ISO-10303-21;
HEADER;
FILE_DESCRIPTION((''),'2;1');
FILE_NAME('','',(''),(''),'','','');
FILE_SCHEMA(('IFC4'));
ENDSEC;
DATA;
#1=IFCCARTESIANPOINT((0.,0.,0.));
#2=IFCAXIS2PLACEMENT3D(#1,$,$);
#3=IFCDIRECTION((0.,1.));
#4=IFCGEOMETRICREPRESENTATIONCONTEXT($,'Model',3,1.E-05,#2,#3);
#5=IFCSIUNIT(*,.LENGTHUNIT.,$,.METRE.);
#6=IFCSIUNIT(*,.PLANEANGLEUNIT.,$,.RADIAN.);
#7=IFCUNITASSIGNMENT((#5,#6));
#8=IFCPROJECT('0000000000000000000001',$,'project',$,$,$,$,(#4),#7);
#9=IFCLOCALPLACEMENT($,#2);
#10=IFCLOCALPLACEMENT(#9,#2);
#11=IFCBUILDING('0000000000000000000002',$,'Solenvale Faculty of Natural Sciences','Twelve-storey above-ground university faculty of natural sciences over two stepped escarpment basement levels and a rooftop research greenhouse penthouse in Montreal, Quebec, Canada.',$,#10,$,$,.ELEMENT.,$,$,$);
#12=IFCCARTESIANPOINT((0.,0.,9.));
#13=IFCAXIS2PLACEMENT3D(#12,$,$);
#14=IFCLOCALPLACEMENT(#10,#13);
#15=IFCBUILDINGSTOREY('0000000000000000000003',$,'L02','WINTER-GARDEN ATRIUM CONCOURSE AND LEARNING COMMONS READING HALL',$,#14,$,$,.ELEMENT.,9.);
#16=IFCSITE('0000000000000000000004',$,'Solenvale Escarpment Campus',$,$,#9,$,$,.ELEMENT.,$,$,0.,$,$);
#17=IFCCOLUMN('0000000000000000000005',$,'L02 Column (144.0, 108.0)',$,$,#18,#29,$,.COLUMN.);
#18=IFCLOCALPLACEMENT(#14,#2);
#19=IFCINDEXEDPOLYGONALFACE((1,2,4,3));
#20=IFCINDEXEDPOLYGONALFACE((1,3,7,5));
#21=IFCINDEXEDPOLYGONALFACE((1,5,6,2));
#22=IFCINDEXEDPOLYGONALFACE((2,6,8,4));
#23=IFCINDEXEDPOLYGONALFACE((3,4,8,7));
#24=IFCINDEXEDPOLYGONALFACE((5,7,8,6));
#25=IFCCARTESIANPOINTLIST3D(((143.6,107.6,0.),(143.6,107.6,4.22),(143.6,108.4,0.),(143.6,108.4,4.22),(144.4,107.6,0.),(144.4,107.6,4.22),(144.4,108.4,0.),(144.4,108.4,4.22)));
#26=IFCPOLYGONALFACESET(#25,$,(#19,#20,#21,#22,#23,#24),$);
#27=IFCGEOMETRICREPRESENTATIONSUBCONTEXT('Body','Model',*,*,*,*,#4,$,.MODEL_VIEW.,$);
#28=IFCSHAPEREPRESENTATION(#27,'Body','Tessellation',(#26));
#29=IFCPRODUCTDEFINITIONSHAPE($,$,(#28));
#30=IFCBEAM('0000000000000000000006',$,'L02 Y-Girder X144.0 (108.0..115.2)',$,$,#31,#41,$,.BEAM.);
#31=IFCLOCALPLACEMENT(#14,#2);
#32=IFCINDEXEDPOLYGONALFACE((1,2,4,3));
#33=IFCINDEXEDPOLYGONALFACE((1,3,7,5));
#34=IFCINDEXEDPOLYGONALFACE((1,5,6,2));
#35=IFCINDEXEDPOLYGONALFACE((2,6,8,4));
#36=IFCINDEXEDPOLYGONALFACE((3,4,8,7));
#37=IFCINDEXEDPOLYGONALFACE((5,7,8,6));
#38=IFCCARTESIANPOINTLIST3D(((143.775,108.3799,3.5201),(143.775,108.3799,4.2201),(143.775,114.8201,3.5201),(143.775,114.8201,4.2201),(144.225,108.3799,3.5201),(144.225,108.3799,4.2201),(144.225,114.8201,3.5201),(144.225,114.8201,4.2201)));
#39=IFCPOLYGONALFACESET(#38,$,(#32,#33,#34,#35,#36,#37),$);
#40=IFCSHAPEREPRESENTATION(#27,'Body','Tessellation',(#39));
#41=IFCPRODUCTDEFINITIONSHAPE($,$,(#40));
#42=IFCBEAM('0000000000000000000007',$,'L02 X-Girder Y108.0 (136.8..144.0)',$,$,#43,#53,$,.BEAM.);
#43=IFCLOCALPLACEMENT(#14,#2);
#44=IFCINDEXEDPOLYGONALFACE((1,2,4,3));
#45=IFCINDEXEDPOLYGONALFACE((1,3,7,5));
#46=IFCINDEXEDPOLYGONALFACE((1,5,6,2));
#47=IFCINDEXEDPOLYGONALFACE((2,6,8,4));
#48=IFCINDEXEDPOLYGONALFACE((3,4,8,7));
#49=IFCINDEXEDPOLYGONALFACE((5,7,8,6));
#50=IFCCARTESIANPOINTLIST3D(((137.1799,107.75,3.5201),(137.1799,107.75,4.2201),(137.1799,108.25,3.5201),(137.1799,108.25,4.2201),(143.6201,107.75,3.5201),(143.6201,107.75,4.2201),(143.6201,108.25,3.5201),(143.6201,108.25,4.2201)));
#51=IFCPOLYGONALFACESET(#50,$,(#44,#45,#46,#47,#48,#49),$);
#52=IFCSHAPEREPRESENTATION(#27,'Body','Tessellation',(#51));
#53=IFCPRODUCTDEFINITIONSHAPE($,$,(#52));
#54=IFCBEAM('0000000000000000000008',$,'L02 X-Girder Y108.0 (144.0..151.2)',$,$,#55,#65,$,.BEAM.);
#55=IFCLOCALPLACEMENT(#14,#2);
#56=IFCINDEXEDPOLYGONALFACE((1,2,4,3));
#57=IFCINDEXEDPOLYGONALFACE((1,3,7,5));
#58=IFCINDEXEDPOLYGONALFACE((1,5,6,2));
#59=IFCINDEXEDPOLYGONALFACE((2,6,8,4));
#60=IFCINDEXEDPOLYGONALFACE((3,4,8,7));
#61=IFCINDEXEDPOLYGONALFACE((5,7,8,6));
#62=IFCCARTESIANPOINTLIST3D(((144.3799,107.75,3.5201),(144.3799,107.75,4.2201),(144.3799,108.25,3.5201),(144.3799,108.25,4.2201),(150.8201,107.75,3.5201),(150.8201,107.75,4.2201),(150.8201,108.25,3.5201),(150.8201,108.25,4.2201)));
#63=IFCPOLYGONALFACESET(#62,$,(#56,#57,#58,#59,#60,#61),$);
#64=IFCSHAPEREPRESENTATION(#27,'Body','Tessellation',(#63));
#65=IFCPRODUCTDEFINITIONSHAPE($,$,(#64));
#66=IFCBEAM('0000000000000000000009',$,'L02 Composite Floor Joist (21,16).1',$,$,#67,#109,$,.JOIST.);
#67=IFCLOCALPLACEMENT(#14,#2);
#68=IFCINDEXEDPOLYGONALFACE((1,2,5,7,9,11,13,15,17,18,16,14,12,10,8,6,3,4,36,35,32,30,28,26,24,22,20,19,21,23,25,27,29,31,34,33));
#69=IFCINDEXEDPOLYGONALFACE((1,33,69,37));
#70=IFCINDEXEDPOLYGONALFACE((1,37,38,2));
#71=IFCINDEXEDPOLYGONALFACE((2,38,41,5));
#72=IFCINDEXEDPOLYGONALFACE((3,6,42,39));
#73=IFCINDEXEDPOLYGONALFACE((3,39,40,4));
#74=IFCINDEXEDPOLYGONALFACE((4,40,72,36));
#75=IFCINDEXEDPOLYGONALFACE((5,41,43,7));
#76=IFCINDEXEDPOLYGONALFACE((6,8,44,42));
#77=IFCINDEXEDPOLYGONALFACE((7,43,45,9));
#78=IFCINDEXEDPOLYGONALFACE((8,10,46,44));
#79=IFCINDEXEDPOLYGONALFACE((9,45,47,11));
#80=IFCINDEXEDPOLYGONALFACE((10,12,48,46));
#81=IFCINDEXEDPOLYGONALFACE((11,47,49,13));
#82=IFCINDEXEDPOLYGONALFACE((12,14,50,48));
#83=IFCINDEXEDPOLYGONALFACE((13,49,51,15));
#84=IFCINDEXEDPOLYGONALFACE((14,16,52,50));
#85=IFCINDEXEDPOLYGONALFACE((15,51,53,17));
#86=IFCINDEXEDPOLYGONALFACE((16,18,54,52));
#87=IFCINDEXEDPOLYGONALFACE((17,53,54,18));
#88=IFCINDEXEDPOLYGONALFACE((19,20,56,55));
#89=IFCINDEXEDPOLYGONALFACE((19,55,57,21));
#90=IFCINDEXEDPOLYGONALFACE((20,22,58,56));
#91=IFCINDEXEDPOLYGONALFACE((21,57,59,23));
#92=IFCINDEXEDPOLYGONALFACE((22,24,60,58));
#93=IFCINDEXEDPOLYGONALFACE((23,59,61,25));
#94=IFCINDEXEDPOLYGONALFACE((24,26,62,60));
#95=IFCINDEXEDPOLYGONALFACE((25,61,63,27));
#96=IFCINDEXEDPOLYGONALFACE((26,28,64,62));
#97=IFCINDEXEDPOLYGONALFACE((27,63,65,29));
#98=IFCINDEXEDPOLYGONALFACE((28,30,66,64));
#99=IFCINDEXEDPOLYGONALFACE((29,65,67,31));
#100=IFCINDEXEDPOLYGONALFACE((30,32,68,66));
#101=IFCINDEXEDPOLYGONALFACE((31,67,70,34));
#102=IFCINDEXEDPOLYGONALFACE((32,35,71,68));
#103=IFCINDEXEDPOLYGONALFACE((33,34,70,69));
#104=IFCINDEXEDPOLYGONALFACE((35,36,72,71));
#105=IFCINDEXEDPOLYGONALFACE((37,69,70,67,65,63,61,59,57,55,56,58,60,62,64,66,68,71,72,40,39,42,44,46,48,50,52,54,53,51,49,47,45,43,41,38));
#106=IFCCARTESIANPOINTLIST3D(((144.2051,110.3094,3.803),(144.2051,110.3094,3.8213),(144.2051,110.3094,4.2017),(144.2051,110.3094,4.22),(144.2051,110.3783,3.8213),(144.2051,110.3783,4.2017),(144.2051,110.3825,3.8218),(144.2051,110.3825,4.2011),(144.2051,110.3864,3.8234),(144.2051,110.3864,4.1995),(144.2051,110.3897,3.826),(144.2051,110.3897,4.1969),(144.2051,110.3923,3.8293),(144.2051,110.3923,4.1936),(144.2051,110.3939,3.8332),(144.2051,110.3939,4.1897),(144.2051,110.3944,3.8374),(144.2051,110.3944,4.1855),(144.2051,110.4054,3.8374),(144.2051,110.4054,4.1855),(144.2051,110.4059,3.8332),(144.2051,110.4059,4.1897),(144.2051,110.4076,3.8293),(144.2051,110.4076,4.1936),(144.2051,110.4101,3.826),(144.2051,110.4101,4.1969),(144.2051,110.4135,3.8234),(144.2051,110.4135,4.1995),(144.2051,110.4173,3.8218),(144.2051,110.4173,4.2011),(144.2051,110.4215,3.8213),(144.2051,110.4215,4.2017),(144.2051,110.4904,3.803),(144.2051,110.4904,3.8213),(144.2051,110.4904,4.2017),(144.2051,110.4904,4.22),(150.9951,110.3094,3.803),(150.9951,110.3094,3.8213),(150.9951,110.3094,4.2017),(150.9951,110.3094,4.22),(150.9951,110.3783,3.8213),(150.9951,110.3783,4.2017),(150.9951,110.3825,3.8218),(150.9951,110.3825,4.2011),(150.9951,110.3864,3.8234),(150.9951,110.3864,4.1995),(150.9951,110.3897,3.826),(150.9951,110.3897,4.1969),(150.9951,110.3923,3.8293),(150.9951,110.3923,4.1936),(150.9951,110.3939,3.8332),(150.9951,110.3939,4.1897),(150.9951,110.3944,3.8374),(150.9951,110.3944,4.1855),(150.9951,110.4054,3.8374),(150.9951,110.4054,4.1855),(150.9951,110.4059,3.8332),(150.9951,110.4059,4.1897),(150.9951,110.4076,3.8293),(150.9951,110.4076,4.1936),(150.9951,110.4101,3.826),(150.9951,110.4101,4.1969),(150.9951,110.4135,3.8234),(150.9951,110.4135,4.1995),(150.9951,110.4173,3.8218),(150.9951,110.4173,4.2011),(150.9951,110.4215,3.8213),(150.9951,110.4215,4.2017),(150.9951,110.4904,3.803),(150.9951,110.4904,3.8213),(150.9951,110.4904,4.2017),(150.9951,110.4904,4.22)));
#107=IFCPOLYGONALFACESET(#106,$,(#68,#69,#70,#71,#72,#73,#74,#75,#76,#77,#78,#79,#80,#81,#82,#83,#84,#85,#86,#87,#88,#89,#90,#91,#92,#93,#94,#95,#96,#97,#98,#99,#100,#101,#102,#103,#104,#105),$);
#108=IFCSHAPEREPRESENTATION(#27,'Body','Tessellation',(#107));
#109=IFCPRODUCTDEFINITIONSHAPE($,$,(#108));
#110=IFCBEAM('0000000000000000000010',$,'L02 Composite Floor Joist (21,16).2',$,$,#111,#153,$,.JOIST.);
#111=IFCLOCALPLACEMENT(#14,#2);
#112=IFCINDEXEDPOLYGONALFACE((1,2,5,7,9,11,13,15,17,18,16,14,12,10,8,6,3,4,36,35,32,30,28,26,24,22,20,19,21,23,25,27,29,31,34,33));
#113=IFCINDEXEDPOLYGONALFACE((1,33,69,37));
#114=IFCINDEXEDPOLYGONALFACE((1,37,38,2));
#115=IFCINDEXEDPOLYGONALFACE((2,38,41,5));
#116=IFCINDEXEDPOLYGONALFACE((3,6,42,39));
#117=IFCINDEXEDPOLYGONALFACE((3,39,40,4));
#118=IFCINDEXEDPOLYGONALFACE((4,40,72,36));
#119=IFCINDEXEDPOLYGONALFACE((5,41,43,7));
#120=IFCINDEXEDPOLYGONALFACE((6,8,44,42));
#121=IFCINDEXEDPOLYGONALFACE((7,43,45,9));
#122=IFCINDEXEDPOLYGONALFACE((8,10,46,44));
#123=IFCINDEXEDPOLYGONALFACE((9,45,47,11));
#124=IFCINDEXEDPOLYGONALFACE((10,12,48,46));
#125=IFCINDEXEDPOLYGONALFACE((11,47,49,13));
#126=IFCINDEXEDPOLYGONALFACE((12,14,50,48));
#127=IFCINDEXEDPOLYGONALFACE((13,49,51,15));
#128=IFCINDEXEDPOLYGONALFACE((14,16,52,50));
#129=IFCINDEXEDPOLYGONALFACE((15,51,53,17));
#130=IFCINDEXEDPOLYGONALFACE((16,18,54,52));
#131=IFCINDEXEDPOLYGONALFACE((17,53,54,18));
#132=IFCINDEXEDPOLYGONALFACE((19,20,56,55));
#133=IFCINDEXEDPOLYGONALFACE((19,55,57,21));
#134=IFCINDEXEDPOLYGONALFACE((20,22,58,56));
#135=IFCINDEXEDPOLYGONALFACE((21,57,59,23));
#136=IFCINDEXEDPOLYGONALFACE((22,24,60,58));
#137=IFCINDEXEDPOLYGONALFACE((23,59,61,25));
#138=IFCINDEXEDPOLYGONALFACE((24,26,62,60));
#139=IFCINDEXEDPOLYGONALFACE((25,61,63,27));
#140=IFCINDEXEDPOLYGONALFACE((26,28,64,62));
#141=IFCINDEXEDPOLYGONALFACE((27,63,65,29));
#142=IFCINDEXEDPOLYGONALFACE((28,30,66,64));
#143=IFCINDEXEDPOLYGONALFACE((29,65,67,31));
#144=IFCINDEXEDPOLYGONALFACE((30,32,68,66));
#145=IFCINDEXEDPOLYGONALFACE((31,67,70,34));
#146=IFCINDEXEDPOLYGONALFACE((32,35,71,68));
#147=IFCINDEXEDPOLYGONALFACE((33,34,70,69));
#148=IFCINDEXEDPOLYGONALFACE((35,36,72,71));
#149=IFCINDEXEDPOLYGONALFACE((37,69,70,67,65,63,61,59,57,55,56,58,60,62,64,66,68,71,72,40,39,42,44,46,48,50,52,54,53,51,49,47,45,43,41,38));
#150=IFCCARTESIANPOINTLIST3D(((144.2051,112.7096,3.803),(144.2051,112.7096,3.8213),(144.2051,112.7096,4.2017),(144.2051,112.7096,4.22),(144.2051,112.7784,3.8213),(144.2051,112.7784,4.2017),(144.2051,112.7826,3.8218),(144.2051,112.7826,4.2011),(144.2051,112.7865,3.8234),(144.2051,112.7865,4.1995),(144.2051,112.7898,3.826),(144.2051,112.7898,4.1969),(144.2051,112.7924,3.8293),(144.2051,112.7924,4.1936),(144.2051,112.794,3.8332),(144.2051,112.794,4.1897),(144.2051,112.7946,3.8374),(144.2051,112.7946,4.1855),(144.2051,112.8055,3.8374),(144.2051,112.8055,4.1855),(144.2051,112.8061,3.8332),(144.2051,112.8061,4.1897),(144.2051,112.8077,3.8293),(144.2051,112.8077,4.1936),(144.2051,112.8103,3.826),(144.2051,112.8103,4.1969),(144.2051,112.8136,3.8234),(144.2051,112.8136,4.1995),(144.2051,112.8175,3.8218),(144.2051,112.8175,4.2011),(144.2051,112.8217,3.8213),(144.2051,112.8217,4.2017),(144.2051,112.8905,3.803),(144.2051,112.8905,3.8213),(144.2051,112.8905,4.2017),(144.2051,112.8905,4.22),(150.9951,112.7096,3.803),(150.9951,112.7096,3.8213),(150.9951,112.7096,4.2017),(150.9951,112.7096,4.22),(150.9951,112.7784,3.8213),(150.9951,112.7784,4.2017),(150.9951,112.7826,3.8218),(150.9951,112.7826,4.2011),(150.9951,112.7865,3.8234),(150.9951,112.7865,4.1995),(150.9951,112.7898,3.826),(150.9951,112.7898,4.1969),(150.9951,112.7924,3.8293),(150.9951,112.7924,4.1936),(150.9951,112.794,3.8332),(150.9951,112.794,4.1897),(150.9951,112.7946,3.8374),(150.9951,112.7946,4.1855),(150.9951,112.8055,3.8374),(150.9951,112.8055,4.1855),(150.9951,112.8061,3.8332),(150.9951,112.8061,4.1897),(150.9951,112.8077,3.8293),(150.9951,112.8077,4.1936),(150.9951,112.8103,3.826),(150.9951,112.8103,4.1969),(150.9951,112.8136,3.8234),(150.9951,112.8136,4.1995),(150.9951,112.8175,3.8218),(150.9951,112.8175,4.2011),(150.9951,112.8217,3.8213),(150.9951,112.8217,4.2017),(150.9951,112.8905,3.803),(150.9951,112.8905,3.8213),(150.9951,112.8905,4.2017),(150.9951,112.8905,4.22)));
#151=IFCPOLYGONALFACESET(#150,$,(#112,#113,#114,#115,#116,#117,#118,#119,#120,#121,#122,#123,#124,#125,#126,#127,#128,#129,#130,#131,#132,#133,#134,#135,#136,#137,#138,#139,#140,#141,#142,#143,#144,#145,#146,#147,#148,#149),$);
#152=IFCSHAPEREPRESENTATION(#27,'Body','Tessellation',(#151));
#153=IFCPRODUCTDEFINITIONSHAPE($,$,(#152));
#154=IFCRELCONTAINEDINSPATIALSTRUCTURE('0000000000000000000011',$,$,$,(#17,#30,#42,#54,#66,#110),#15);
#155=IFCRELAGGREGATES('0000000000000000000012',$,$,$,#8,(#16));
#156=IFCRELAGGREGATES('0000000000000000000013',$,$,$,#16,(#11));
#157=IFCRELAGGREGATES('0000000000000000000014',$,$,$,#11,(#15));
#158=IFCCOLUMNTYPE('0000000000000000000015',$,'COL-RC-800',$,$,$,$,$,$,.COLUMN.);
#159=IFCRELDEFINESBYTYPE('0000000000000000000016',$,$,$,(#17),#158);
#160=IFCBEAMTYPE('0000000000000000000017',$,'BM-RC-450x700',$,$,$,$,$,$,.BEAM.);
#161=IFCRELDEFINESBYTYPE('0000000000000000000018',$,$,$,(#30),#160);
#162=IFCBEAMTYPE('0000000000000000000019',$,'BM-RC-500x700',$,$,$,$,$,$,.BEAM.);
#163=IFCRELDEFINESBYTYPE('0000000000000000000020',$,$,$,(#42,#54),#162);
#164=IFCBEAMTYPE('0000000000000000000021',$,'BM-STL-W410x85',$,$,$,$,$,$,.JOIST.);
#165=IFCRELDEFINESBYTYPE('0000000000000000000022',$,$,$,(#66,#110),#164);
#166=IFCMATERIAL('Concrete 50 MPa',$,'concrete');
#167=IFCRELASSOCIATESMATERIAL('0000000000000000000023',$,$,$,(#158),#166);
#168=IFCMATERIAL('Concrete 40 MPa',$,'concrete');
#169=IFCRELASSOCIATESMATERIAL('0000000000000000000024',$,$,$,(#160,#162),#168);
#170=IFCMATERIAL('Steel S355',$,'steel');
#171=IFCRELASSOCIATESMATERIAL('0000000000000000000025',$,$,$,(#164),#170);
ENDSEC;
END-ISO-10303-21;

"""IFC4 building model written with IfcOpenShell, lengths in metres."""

from ifc_helpers import new_model, si_unit, direction, frame, origin, origin_2d, place, context, subcontext, project, spatial, rectangle, i_section, extrude, material, material_profile, profile_set, type_object, element, save


model = new_model("IFC4")

# Units and contexts
model_context = context("Model", 3, precision=1e-05, world=origin(), true_north=direction((0.0, 1.0)))
body_context = subcontext(model_context, "Body", "Model", "MODEL_VIEW")
ifc_project = project(units=[si_unit("LENGTHUNIT", "METRE"), si_unit("PLANEANGLEUNIT", "RADIAN")], contexts=[model_context])

# Site, building, storey
site_placement = place(None, origin())
site = spatial("IfcSite", under=ifc_project, at=site_placement, Name="Solenvale Escarpment Campus", CompositionType="ELEMENT", RefElevation=0.0)
building_placement = place(site_placement, origin())
building = spatial("IfcBuilding", under=site, at=building_placement, Name="Solenvale Faculty of Natural Sciences", Description="Twelve-storey above-ground university faculty of natural sciences over two stepped escarpment basement levels and a rooftop research greenhouse penthouse in Montreal, Quebec, Canada.", CompositionType="ELEMENT")
storey_placement = place(building_placement, frame((0.0, 0.0, 9.0)))
storey = spatial("IfcBuildingStorey", under=building, at=storey_placement, Name="L02", Description="WINTER-GARDEN ATRIUM CONCOURSE AND LEARNING COMMONS READING HALL", CompositionType="ELEMENT", Elevation=9.0)

# Column
ifc_material_1 = material(Name="Concrete 50 MPa", Category="concrete")
ifc_material_profile_1 = material_profile(ifc_material_1, rectangle(XDim=0.8, YDim=0.8, at=origin_2d()), Name="RC-COL-800x800")
ifc_profile_set_1 = profile_set([ifc_material_profile_1], Name="Concrete 50 MPa")
column_type = type_object("IfcColumnType", Name="COL-RC-800", PredefinedType="COLUMN", material=ifc_profile_set_1)
column_placement = place(storey_placement, frame((144.0, 108.0, 0.0), z_axis=(0.0, 0.0, 1.0), x_axis=(1.0, 0.0, 0.0)))
element("IfcColumn", 1, at=column_placement, inside=storey, type_object=column_type, Name="L02 Column (144.0, 108.0)", PredefinedType="COLUMN", context=body_context, shape_type="SweptSolid", body=[
    extrude(rectangle(XDim=0.8, YDim=0.8, at=origin_2d()), origin(), (0.0, 0.0, 1.0), 4.22),
])

# Beams
ifc_material_2 = material(Name="Concrete 40 MPa", Category="concrete")
ifc_material_profile_2 = material_profile(ifc_material_2, rectangle(XDim=0.45, YDim=0.7, at=origin_2d()), Name="RC-BM-450x700")
ifc_profile_set_2 = profile_set([ifc_material_profile_2], Name="Concrete 40 MPa")
beam_type_1 = type_object("IfcBeamType", Name="BM-RC-450x700", PredefinedType="BEAM", material=ifc_profile_set_2)
beam_placement = place(storey_placement, frame((144.0, 108.3799, 3.8701), z_axis=(0.0, 1.0, 0.0), x_axis=(-1.0, 0.0, 0.0)))
element("IfcBeam", 2, at=beam_placement, inside=storey, type_object=beam_type_1, Name="L02 Y-Girder X144.0 (108.0..115.2)", PredefinedType="BEAM", context=body_context, shape_type="SweptSolid", body=[
    extrude(rectangle(XDim=0.45, YDim=0.7, at=origin_2d()), origin(), (0.0, 0.0, 1.0), 6.4402),
])
ifc_material_profile_3 = material_profile(ifc_material_2, rectangle(XDim=0.5, YDim=0.7, at=origin_2d()), Name="RC-BM-500x700")
ifc_profile_set_3 = profile_set([ifc_material_profile_3], Name="Concrete 40 MPa")
beam_type_2 = type_object("IfcBeamType", Name="BM-RC-500x700", PredefinedType="BEAM", material=ifc_profile_set_3)
for number, where, z_axis, x_axis, name in (
    (3, (137.1799, 108.0, 3.8701), (1.0, 0.0, 0.0), (0.0, 1.0, 0.0), "L02 X-Girder Y108.0 (136.8..144.0)"),
    (4, (144.3799, 108.0, 3.8701), (1.0, 0.0, 0.0), (0.0, 1.0, 0.0), "L02 X-Girder Y108.0 (144.0..151.2)"),
):
    element("IfcBeam", number, at=place(storey_placement, frame(where, z_axis=z_axis, x_axis=x_axis)), inside=storey, type_object=beam_type_2, Name=name, PredefinedType="BEAM", context=body_context, shape_type="SweptSolid", body=[
        extrude(rectangle(XDim=0.5, YDim=0.7, at=origin_2d()), origin(), (0.0, 0.0, 1.0), 6.4402),
    ])
ifc_material_3 = material(Name="Steel S355", Category="steel")
ifc_material_profile_4 = material_profile(ifc_material_3, i_section(OverallWidth=0.1809, OverallDepth=0.417, WebThickness=0.011, FlangeThickness=0.0183, FilletRadius=0.0161, at=origin_2d()), Name="W410x85")
ifc_profile_set_4 = profile_set([ifc_material_profile_4], Name="Steel S355")
beam_type_3 = type_object("IfcBeamType", Name="BM-STL-W410x85", PredefinedType="JOIST", material=ifc_profile_set_4)
for number, where, z_axis, x_axis, name in (
    (5, (144.2051, 110.3999, 4.0115), (1.0, 0.0, 0.0), (0.0, 1.0, 0.0), "L02 Composite Floor Joist (21,16).1"),
    (6, (144.2051, 112.8, 4.0115), (1.0, 0.0, 0.0), (0.0, 1.0, 0.0), "L02 Composite Floor Joist (21,16).2"),
):
    element("IfcBeam", number, at=place(storey_placement, frame(where, z_axis=z_axis, x_axis=x_axis)), inside=storey, type_object=beam_type_3, Name=name, PredefinedType="JOIST", context=body_context, shape_type="SweptSolid", body=[
        extrude(i_section(OverallWidth=0.1809, OverallDepth=0.417, WebThickness=0.011, FlangeThickness=0.0183, FilletRadius=0.0161, at=origin_2d()), origin(), (0.0, 0.0, 1.0), 6.79),
    ])

save(model, "model.ifc")
